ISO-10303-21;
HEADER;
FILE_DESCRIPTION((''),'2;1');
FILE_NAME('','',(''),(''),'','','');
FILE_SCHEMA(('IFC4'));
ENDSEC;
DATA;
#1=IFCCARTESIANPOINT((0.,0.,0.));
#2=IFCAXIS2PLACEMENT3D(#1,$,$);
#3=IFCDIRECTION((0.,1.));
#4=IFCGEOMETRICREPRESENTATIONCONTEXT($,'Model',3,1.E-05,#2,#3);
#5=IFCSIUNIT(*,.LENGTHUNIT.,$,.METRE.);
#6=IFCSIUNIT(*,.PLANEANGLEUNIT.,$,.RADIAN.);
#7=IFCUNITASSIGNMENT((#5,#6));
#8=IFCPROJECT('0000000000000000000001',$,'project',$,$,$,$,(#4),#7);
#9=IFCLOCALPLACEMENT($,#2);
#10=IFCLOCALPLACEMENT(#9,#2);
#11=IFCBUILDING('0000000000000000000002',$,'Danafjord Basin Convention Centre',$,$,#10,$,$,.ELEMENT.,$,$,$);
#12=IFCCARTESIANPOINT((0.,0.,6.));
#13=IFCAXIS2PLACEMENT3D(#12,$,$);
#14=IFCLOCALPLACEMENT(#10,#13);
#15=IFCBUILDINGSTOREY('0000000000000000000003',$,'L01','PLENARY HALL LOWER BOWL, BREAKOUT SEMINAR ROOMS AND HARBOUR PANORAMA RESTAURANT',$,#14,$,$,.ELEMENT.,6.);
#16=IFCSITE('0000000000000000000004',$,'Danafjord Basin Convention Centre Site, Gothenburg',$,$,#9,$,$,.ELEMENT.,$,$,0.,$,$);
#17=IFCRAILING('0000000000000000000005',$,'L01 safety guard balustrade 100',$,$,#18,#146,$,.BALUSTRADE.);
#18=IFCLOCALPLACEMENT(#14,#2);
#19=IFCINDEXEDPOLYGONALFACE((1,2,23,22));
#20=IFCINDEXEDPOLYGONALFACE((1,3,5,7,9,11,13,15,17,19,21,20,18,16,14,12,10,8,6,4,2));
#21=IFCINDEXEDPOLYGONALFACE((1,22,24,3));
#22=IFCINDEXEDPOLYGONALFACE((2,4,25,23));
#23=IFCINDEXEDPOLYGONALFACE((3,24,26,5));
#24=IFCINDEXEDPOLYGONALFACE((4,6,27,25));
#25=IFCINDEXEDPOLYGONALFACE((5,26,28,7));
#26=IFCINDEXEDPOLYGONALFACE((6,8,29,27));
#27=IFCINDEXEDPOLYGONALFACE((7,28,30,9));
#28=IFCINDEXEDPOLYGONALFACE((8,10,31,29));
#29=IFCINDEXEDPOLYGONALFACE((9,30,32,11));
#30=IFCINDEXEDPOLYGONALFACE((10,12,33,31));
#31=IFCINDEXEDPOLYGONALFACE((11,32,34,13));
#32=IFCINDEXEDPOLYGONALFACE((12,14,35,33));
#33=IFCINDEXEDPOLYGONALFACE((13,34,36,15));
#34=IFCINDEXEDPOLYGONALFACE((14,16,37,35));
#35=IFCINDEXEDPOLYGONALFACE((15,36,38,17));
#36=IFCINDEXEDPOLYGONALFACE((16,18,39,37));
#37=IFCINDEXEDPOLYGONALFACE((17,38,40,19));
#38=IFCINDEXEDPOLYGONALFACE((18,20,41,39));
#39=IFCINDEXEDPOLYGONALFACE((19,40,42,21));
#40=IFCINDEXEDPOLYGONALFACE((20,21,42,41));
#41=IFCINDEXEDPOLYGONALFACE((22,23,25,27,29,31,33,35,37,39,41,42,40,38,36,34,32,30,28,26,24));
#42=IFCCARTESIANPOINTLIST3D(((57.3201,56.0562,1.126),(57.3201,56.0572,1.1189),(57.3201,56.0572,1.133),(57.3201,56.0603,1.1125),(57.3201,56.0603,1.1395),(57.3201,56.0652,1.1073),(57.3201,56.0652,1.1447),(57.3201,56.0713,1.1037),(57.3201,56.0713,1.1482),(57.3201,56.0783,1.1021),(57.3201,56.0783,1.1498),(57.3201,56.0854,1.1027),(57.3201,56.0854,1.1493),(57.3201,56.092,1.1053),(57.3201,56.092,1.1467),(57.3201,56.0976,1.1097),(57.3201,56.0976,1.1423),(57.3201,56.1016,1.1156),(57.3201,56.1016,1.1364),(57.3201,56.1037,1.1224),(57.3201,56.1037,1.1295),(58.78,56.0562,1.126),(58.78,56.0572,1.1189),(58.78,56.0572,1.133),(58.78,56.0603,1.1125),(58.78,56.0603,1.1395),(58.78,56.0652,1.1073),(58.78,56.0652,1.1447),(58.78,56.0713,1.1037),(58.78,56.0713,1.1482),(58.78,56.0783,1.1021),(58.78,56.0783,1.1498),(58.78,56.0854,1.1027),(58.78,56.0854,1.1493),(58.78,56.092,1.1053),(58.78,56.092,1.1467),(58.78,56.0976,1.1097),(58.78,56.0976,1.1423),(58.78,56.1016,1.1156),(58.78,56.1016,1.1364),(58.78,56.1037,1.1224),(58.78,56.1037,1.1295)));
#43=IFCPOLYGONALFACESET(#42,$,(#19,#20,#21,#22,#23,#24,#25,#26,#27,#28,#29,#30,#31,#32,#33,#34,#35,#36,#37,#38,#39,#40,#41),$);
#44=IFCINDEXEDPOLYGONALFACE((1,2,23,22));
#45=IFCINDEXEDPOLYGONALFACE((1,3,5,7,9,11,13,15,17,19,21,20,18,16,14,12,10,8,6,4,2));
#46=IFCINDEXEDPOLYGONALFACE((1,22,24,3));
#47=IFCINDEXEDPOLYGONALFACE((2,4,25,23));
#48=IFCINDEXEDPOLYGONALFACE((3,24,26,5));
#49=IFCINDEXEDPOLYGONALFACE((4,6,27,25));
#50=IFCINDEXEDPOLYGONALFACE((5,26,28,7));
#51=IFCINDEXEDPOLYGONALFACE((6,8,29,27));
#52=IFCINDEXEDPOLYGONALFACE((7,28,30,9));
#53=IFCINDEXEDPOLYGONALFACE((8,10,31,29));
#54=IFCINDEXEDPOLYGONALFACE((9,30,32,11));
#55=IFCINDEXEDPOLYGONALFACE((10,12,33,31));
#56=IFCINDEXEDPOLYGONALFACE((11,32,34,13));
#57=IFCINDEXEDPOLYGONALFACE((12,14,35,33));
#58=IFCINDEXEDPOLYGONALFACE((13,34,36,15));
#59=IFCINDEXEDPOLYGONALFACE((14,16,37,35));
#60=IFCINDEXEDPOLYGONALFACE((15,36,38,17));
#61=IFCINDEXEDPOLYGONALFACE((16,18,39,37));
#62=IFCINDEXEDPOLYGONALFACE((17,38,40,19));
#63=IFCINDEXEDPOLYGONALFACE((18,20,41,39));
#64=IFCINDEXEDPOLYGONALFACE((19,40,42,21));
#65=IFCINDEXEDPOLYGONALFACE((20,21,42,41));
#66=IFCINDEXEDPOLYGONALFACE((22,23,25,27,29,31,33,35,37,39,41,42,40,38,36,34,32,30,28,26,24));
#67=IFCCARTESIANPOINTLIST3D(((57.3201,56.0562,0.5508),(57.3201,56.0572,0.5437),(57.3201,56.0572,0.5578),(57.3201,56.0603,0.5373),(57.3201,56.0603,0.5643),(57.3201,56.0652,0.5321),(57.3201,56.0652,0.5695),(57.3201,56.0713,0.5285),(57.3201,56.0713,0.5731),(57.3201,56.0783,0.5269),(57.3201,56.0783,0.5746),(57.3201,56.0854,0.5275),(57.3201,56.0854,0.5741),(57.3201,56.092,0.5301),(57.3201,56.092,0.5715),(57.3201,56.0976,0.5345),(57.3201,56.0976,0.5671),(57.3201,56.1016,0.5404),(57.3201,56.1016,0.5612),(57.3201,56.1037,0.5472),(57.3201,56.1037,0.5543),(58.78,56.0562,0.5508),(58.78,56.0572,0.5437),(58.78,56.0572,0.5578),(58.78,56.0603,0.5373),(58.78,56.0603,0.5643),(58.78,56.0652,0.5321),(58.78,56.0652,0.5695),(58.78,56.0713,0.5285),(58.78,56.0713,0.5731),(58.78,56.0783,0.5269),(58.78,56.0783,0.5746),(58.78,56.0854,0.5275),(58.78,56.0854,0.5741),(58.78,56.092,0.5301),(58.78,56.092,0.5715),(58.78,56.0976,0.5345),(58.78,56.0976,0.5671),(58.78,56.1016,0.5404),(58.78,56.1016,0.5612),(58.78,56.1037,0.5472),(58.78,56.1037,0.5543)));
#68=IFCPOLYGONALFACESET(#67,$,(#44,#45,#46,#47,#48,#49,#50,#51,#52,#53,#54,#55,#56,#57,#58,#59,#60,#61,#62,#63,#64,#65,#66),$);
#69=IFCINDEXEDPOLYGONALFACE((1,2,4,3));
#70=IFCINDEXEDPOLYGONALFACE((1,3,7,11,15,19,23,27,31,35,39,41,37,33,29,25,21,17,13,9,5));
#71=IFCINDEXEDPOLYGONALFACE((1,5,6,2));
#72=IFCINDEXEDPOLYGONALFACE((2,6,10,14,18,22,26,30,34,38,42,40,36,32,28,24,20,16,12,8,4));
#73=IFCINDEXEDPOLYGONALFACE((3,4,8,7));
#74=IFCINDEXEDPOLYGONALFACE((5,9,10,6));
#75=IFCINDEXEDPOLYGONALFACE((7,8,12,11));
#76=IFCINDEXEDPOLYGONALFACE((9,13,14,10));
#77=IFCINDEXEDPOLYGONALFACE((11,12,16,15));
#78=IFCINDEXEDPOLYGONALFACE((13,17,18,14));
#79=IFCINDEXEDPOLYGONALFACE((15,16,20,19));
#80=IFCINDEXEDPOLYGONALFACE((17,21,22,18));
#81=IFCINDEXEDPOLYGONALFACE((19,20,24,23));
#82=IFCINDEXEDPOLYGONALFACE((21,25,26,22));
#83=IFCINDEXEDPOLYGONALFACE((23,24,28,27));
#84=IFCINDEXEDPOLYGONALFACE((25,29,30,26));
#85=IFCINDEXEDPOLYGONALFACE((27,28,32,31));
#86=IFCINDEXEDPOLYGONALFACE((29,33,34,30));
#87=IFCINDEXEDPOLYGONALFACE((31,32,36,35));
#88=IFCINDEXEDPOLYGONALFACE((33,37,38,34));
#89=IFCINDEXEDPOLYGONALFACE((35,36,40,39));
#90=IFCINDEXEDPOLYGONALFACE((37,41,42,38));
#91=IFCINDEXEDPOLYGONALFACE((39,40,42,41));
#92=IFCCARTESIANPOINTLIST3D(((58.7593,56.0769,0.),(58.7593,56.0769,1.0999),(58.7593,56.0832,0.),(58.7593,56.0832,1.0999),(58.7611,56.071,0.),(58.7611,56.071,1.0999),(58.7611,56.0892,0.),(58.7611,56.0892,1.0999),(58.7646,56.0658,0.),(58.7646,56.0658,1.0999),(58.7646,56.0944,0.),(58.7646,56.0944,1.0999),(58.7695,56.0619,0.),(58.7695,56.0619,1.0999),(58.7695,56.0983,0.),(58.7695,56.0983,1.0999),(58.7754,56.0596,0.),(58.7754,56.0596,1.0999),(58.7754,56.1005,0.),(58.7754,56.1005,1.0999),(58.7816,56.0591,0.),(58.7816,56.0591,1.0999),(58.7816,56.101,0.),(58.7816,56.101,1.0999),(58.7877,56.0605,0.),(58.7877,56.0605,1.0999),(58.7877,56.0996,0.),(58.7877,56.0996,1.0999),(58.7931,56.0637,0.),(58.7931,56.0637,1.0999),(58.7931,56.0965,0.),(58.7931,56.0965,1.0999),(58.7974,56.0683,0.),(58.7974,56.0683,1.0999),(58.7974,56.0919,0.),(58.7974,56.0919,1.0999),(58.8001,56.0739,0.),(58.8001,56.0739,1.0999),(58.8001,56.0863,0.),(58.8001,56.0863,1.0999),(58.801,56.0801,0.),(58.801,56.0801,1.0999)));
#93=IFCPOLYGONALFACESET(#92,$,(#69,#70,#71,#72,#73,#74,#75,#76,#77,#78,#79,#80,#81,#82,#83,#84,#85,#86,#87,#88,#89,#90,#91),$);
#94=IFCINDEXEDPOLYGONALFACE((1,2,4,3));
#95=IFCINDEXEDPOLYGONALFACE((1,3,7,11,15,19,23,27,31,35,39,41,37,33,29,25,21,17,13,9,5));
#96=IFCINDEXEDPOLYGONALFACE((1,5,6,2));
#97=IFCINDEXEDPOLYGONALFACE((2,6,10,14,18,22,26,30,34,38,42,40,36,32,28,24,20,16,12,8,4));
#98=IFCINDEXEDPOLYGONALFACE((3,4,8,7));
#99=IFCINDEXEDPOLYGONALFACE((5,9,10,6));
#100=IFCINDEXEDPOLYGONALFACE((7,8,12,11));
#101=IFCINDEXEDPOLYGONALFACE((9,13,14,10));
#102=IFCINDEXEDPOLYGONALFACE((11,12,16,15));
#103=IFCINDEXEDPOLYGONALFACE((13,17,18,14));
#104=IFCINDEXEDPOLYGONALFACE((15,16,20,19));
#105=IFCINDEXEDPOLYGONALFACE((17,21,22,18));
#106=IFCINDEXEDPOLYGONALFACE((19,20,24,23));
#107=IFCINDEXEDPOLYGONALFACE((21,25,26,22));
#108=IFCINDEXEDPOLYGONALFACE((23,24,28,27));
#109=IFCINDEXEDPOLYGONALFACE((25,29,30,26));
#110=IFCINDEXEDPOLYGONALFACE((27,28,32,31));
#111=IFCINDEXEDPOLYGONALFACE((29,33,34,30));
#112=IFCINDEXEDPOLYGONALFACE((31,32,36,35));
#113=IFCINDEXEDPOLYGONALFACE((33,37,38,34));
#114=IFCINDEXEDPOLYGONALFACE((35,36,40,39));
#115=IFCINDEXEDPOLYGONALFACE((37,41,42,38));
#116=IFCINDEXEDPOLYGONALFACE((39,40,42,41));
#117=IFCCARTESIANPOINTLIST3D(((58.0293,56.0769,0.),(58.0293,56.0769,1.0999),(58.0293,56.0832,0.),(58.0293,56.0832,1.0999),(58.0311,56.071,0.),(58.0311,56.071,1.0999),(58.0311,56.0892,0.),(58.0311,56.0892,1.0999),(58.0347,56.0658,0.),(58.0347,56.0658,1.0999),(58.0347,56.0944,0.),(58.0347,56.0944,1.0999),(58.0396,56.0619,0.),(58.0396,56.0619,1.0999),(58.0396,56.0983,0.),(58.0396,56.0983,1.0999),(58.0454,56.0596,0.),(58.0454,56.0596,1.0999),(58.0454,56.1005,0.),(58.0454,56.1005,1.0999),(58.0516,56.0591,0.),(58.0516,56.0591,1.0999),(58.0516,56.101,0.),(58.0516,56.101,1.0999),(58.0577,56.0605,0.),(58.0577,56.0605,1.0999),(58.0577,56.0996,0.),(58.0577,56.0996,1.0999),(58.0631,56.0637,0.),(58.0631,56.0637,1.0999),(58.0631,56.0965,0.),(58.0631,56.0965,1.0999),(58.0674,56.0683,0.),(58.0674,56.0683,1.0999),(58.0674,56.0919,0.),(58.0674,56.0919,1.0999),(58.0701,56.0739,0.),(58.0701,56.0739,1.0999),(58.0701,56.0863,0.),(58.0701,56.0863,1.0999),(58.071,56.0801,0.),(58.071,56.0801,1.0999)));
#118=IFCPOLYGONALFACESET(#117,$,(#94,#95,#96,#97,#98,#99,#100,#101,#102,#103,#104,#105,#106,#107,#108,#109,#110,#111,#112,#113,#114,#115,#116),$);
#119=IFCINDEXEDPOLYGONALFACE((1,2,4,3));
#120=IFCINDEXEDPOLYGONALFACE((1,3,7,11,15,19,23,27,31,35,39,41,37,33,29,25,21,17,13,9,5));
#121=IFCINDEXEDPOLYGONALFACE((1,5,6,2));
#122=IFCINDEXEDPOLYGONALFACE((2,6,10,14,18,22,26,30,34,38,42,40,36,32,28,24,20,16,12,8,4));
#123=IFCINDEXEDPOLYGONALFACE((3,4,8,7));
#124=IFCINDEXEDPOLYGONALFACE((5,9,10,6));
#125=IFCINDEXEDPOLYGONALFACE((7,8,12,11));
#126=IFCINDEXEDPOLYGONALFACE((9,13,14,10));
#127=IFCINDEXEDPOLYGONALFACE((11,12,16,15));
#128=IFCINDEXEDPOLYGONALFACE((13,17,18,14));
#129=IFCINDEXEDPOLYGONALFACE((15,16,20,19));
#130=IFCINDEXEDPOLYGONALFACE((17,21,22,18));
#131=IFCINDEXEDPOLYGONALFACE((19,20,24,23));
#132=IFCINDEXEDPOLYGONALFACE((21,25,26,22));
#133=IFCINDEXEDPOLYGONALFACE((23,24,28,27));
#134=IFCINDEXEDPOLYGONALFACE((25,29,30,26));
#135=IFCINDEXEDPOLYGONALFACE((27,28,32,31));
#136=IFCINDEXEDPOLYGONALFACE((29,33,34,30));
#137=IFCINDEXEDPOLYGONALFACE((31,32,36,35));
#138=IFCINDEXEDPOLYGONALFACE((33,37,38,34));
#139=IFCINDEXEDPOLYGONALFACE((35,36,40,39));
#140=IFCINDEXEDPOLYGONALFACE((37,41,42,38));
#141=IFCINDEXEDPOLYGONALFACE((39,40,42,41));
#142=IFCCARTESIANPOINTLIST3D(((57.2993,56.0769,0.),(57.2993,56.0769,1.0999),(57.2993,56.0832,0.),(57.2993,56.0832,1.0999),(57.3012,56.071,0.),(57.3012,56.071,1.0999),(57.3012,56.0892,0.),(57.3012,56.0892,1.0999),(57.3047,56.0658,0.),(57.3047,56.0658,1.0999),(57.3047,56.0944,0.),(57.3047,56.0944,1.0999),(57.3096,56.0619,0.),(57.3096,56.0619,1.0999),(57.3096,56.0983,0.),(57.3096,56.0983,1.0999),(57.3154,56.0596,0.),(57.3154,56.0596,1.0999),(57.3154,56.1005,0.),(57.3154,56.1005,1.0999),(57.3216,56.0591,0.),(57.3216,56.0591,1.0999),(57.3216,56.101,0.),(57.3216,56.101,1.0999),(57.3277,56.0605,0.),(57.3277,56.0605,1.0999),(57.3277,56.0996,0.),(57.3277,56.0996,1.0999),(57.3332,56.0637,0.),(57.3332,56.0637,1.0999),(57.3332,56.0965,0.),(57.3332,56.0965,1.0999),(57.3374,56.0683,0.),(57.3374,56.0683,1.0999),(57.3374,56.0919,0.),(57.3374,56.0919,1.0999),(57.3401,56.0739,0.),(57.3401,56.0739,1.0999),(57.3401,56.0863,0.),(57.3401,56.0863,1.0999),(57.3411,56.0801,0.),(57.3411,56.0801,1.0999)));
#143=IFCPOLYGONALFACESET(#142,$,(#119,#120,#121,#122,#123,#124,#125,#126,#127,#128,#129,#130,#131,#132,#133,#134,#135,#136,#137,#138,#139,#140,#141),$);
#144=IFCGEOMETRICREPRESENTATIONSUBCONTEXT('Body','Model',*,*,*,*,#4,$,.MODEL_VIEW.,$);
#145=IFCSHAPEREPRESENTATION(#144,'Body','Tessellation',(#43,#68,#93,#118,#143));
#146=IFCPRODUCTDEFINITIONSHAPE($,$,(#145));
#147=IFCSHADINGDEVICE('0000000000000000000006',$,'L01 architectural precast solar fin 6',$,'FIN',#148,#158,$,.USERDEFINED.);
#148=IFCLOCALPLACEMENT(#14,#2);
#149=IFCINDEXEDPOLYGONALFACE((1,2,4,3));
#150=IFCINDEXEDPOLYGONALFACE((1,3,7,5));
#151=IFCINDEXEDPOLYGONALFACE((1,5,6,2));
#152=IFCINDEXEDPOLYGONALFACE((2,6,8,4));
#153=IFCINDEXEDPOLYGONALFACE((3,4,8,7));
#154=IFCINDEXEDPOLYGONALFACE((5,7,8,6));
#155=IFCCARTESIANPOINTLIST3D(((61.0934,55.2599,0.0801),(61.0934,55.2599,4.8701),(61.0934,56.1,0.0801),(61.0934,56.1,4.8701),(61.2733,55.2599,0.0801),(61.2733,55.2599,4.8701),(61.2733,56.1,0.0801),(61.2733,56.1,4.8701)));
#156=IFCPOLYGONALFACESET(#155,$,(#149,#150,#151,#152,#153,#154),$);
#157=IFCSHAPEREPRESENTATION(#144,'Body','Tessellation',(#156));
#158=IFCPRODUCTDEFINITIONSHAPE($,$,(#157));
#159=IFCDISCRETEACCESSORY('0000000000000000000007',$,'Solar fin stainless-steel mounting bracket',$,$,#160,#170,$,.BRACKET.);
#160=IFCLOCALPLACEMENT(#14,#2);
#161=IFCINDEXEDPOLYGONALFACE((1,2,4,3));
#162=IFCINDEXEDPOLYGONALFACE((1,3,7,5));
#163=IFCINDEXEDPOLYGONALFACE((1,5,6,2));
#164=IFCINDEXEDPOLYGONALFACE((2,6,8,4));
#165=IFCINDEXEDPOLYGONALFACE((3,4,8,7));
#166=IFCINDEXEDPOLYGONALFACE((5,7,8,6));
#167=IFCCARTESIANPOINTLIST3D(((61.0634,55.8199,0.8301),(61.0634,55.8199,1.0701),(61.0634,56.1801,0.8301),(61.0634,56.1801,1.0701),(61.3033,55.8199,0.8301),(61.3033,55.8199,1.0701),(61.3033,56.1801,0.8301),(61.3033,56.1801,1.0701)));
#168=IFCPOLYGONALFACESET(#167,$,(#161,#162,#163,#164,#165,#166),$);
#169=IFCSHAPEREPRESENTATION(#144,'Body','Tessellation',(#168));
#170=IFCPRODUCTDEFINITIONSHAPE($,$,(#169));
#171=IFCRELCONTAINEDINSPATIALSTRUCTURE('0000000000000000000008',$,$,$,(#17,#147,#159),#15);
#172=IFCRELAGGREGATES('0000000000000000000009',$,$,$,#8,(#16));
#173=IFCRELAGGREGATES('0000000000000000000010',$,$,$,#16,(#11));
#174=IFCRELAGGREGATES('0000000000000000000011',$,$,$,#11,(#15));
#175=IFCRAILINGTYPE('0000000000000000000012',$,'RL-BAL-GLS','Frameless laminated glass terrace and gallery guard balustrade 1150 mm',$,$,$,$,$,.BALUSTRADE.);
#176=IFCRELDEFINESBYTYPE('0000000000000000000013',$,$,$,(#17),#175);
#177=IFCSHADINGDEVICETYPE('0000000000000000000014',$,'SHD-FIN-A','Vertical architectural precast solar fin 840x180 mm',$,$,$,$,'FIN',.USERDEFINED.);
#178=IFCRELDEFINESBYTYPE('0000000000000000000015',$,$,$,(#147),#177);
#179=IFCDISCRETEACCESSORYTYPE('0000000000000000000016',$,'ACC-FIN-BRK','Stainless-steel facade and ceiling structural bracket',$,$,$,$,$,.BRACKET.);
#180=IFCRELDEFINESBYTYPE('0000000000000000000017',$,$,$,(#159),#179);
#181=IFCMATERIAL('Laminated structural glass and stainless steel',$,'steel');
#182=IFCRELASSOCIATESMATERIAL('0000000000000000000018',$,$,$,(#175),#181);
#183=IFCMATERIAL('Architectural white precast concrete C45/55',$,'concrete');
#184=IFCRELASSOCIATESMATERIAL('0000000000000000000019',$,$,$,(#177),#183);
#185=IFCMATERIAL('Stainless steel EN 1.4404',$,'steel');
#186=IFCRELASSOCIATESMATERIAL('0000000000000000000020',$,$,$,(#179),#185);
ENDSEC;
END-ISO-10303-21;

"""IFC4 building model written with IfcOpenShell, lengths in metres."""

from ifc_helpers import new_model, si_unit, direction, frame, origin, origin_2d, place, context, subcontext, project, spatial, rectangle, circle, extrude, material, type_object, element, save


model = new_model("IFC4")

# Units and contexts
model_context = context("Model", 3, precision=1e-05, world=origin(), true_north=direction((0.0, 1.0)))
body_context = subcontext(model_context, "Body", "Model", "MODEL_VIEW")
ifc_project = project(units=[si_unit("LENGTHUNIT", "METRE"), si_unit("PLANEANGLEUNIT", "RADIAN")], contexts=[model_context])

# Site, building, storey
site_placement = place(None, origin())
site = spatial("IfcSite", under=ifc_project, at=site_placement, Name="Danafjord Basin Convention Centre Site, Gothenburg", CompositionType="ELEMENT", RefElevation=0.0)
building_placement = place(site_placement, origin())
building = spatial("IfcBuilding", under=site, at=building_placement, Name="Danafjord Basin Convention Centre", CompositionType="ELEMENT")
storey_placement = place(building_placement, frame((0.0, 0.0, 6.0)))
storey = spatial("IfcBuildingStorey", under=building, at=storey_placement, Name="L01", Description="PLENARY HALL LOWER BOWL, BREAKOUT SEMINAR ROOMS AND HARBOUR PANORAMA RESTAURANT", CompositionType="ELEMENT", Elevation=6.0)

# Railing
ifc_material_1 = material(Name="Laminated structural glass and stainless steel", Category="steel")
railing_type = type_object("IfcRailingType", Name="RL-BAL-GLS", Description="Frameless laminated glass terrace and gallery guard balustrade 1150 mm", PredefinedType="BALUSTRADE", material=ifc_material_1)
railing_1_placement = place(storey_placement, frame((58.78, 56.0801, 0.0)))
element("IfcRailing", 1, at=railing_1_placement, inside=storey, type_object=railing_type, Name="L01 safety guard balustrade 100", PredefinedType="BALUSTRADE", context=body_context, shape_type="SweptSolid", body=[
    extrude(circle(Radius=0.0239, at=origin_2d()), frame((0.0, 0.0, 1.126), z_axis=(-1.0, 0.0, 0.0), x_axis=(0.0, -1.0, 0.0)), (0.0, 0.0, 1.0), 1.46),
    extrude(circle(Radius=0.0239, at=origin_2d()), frame((0.0, 0.0, 0.5508), z_axis=(-1.0, 0.0, 0.0), x_axis=(0.0, -1.0, 0.0)), (0.0, 0.0, 1.0), 1.46),
    extrude(circle(Radius=0.021, at=origin_2d()), origin(), (0.0, 0.0, 1.0), 1.0999),
    extrude(circle(Radius=0.021, at=origin_2d()), frame((-0.73, 0.0, 0.0)), (0.0, 0.0, 1.0), 1.0999),
    extrude(circle(Radius=0.021, at=origin_2d()), frame((-1.46, 0.0, 0.0)), (0.0, 0.0, 1.0), 1.0999),
])

# Shading device
ifc_material_2 = material(Name="Architectural white precast concrete C45/55", Category="concrete")
shading_device_type = type_object("IfcShadingDeviceType", Name="SHD-FIN-A", Description="Vertical architectural precast solar fin 840x180 mm", ElementType="FIN", PredefinedType="USERDEFINED", material=ifc_material_2)
shading_device_placement = place(storey_placement, frame((61.1833, 55.6799, 0.0801), z_axis=(0.0, 0.0, 1.0), x_axis=(1.0, 0.0, 0.0)))
element("IfcShadingDevice", 2, at=shading_device_placement, inside=storey, type_object=shading_device_type, Name="L01 architectural precast solar fin 6", ObjectType="FIN", PredefinedType="USERDEFINED", context=body_context, shape_type="SweptSolid", body=[
    extrude(rectangle(XDim=0.1799, YDim=0.8401, at=origin_2d()), origin(), (0.0, 0.0, 1.0), 4.79),
])

# Discrete accessory
ifc_material_3 = material(Name="Stainless steel EN 1.4404", Category="steel")
discrete_accessory_type = type_object("IfcDiscreteAccessoryType", Name="ACC-FIN-BRK", Description="Stainless-steel facade and ceiling structural bracket", PredefinedType="BRACKET", material=ifc_material_3)
discrete_accessory_placement = place(storey_placement, frame((61.1833, 56.0, 0.8301), z_axis=(0.0, 0.0, 1.0), x_axis=(1.0, 0.0, 0.0)))
element("IfcDiscreteAccessory", 3, at=discrete_accessory_placement, inside=storey, type_object=discrete_accessory_type, Name="Solar fin stainless-steel mounting bracket", PredefinedType="BRACKET", context=body_context, shape_type="SweptSolid", body=[
    extrude(rectangle(XDim=0.24, YDim=0.3601, at=origin_2d()), origin(), (0.0, 0.0, 1.0), 0.24),
])

save(model, "model.ifc")
